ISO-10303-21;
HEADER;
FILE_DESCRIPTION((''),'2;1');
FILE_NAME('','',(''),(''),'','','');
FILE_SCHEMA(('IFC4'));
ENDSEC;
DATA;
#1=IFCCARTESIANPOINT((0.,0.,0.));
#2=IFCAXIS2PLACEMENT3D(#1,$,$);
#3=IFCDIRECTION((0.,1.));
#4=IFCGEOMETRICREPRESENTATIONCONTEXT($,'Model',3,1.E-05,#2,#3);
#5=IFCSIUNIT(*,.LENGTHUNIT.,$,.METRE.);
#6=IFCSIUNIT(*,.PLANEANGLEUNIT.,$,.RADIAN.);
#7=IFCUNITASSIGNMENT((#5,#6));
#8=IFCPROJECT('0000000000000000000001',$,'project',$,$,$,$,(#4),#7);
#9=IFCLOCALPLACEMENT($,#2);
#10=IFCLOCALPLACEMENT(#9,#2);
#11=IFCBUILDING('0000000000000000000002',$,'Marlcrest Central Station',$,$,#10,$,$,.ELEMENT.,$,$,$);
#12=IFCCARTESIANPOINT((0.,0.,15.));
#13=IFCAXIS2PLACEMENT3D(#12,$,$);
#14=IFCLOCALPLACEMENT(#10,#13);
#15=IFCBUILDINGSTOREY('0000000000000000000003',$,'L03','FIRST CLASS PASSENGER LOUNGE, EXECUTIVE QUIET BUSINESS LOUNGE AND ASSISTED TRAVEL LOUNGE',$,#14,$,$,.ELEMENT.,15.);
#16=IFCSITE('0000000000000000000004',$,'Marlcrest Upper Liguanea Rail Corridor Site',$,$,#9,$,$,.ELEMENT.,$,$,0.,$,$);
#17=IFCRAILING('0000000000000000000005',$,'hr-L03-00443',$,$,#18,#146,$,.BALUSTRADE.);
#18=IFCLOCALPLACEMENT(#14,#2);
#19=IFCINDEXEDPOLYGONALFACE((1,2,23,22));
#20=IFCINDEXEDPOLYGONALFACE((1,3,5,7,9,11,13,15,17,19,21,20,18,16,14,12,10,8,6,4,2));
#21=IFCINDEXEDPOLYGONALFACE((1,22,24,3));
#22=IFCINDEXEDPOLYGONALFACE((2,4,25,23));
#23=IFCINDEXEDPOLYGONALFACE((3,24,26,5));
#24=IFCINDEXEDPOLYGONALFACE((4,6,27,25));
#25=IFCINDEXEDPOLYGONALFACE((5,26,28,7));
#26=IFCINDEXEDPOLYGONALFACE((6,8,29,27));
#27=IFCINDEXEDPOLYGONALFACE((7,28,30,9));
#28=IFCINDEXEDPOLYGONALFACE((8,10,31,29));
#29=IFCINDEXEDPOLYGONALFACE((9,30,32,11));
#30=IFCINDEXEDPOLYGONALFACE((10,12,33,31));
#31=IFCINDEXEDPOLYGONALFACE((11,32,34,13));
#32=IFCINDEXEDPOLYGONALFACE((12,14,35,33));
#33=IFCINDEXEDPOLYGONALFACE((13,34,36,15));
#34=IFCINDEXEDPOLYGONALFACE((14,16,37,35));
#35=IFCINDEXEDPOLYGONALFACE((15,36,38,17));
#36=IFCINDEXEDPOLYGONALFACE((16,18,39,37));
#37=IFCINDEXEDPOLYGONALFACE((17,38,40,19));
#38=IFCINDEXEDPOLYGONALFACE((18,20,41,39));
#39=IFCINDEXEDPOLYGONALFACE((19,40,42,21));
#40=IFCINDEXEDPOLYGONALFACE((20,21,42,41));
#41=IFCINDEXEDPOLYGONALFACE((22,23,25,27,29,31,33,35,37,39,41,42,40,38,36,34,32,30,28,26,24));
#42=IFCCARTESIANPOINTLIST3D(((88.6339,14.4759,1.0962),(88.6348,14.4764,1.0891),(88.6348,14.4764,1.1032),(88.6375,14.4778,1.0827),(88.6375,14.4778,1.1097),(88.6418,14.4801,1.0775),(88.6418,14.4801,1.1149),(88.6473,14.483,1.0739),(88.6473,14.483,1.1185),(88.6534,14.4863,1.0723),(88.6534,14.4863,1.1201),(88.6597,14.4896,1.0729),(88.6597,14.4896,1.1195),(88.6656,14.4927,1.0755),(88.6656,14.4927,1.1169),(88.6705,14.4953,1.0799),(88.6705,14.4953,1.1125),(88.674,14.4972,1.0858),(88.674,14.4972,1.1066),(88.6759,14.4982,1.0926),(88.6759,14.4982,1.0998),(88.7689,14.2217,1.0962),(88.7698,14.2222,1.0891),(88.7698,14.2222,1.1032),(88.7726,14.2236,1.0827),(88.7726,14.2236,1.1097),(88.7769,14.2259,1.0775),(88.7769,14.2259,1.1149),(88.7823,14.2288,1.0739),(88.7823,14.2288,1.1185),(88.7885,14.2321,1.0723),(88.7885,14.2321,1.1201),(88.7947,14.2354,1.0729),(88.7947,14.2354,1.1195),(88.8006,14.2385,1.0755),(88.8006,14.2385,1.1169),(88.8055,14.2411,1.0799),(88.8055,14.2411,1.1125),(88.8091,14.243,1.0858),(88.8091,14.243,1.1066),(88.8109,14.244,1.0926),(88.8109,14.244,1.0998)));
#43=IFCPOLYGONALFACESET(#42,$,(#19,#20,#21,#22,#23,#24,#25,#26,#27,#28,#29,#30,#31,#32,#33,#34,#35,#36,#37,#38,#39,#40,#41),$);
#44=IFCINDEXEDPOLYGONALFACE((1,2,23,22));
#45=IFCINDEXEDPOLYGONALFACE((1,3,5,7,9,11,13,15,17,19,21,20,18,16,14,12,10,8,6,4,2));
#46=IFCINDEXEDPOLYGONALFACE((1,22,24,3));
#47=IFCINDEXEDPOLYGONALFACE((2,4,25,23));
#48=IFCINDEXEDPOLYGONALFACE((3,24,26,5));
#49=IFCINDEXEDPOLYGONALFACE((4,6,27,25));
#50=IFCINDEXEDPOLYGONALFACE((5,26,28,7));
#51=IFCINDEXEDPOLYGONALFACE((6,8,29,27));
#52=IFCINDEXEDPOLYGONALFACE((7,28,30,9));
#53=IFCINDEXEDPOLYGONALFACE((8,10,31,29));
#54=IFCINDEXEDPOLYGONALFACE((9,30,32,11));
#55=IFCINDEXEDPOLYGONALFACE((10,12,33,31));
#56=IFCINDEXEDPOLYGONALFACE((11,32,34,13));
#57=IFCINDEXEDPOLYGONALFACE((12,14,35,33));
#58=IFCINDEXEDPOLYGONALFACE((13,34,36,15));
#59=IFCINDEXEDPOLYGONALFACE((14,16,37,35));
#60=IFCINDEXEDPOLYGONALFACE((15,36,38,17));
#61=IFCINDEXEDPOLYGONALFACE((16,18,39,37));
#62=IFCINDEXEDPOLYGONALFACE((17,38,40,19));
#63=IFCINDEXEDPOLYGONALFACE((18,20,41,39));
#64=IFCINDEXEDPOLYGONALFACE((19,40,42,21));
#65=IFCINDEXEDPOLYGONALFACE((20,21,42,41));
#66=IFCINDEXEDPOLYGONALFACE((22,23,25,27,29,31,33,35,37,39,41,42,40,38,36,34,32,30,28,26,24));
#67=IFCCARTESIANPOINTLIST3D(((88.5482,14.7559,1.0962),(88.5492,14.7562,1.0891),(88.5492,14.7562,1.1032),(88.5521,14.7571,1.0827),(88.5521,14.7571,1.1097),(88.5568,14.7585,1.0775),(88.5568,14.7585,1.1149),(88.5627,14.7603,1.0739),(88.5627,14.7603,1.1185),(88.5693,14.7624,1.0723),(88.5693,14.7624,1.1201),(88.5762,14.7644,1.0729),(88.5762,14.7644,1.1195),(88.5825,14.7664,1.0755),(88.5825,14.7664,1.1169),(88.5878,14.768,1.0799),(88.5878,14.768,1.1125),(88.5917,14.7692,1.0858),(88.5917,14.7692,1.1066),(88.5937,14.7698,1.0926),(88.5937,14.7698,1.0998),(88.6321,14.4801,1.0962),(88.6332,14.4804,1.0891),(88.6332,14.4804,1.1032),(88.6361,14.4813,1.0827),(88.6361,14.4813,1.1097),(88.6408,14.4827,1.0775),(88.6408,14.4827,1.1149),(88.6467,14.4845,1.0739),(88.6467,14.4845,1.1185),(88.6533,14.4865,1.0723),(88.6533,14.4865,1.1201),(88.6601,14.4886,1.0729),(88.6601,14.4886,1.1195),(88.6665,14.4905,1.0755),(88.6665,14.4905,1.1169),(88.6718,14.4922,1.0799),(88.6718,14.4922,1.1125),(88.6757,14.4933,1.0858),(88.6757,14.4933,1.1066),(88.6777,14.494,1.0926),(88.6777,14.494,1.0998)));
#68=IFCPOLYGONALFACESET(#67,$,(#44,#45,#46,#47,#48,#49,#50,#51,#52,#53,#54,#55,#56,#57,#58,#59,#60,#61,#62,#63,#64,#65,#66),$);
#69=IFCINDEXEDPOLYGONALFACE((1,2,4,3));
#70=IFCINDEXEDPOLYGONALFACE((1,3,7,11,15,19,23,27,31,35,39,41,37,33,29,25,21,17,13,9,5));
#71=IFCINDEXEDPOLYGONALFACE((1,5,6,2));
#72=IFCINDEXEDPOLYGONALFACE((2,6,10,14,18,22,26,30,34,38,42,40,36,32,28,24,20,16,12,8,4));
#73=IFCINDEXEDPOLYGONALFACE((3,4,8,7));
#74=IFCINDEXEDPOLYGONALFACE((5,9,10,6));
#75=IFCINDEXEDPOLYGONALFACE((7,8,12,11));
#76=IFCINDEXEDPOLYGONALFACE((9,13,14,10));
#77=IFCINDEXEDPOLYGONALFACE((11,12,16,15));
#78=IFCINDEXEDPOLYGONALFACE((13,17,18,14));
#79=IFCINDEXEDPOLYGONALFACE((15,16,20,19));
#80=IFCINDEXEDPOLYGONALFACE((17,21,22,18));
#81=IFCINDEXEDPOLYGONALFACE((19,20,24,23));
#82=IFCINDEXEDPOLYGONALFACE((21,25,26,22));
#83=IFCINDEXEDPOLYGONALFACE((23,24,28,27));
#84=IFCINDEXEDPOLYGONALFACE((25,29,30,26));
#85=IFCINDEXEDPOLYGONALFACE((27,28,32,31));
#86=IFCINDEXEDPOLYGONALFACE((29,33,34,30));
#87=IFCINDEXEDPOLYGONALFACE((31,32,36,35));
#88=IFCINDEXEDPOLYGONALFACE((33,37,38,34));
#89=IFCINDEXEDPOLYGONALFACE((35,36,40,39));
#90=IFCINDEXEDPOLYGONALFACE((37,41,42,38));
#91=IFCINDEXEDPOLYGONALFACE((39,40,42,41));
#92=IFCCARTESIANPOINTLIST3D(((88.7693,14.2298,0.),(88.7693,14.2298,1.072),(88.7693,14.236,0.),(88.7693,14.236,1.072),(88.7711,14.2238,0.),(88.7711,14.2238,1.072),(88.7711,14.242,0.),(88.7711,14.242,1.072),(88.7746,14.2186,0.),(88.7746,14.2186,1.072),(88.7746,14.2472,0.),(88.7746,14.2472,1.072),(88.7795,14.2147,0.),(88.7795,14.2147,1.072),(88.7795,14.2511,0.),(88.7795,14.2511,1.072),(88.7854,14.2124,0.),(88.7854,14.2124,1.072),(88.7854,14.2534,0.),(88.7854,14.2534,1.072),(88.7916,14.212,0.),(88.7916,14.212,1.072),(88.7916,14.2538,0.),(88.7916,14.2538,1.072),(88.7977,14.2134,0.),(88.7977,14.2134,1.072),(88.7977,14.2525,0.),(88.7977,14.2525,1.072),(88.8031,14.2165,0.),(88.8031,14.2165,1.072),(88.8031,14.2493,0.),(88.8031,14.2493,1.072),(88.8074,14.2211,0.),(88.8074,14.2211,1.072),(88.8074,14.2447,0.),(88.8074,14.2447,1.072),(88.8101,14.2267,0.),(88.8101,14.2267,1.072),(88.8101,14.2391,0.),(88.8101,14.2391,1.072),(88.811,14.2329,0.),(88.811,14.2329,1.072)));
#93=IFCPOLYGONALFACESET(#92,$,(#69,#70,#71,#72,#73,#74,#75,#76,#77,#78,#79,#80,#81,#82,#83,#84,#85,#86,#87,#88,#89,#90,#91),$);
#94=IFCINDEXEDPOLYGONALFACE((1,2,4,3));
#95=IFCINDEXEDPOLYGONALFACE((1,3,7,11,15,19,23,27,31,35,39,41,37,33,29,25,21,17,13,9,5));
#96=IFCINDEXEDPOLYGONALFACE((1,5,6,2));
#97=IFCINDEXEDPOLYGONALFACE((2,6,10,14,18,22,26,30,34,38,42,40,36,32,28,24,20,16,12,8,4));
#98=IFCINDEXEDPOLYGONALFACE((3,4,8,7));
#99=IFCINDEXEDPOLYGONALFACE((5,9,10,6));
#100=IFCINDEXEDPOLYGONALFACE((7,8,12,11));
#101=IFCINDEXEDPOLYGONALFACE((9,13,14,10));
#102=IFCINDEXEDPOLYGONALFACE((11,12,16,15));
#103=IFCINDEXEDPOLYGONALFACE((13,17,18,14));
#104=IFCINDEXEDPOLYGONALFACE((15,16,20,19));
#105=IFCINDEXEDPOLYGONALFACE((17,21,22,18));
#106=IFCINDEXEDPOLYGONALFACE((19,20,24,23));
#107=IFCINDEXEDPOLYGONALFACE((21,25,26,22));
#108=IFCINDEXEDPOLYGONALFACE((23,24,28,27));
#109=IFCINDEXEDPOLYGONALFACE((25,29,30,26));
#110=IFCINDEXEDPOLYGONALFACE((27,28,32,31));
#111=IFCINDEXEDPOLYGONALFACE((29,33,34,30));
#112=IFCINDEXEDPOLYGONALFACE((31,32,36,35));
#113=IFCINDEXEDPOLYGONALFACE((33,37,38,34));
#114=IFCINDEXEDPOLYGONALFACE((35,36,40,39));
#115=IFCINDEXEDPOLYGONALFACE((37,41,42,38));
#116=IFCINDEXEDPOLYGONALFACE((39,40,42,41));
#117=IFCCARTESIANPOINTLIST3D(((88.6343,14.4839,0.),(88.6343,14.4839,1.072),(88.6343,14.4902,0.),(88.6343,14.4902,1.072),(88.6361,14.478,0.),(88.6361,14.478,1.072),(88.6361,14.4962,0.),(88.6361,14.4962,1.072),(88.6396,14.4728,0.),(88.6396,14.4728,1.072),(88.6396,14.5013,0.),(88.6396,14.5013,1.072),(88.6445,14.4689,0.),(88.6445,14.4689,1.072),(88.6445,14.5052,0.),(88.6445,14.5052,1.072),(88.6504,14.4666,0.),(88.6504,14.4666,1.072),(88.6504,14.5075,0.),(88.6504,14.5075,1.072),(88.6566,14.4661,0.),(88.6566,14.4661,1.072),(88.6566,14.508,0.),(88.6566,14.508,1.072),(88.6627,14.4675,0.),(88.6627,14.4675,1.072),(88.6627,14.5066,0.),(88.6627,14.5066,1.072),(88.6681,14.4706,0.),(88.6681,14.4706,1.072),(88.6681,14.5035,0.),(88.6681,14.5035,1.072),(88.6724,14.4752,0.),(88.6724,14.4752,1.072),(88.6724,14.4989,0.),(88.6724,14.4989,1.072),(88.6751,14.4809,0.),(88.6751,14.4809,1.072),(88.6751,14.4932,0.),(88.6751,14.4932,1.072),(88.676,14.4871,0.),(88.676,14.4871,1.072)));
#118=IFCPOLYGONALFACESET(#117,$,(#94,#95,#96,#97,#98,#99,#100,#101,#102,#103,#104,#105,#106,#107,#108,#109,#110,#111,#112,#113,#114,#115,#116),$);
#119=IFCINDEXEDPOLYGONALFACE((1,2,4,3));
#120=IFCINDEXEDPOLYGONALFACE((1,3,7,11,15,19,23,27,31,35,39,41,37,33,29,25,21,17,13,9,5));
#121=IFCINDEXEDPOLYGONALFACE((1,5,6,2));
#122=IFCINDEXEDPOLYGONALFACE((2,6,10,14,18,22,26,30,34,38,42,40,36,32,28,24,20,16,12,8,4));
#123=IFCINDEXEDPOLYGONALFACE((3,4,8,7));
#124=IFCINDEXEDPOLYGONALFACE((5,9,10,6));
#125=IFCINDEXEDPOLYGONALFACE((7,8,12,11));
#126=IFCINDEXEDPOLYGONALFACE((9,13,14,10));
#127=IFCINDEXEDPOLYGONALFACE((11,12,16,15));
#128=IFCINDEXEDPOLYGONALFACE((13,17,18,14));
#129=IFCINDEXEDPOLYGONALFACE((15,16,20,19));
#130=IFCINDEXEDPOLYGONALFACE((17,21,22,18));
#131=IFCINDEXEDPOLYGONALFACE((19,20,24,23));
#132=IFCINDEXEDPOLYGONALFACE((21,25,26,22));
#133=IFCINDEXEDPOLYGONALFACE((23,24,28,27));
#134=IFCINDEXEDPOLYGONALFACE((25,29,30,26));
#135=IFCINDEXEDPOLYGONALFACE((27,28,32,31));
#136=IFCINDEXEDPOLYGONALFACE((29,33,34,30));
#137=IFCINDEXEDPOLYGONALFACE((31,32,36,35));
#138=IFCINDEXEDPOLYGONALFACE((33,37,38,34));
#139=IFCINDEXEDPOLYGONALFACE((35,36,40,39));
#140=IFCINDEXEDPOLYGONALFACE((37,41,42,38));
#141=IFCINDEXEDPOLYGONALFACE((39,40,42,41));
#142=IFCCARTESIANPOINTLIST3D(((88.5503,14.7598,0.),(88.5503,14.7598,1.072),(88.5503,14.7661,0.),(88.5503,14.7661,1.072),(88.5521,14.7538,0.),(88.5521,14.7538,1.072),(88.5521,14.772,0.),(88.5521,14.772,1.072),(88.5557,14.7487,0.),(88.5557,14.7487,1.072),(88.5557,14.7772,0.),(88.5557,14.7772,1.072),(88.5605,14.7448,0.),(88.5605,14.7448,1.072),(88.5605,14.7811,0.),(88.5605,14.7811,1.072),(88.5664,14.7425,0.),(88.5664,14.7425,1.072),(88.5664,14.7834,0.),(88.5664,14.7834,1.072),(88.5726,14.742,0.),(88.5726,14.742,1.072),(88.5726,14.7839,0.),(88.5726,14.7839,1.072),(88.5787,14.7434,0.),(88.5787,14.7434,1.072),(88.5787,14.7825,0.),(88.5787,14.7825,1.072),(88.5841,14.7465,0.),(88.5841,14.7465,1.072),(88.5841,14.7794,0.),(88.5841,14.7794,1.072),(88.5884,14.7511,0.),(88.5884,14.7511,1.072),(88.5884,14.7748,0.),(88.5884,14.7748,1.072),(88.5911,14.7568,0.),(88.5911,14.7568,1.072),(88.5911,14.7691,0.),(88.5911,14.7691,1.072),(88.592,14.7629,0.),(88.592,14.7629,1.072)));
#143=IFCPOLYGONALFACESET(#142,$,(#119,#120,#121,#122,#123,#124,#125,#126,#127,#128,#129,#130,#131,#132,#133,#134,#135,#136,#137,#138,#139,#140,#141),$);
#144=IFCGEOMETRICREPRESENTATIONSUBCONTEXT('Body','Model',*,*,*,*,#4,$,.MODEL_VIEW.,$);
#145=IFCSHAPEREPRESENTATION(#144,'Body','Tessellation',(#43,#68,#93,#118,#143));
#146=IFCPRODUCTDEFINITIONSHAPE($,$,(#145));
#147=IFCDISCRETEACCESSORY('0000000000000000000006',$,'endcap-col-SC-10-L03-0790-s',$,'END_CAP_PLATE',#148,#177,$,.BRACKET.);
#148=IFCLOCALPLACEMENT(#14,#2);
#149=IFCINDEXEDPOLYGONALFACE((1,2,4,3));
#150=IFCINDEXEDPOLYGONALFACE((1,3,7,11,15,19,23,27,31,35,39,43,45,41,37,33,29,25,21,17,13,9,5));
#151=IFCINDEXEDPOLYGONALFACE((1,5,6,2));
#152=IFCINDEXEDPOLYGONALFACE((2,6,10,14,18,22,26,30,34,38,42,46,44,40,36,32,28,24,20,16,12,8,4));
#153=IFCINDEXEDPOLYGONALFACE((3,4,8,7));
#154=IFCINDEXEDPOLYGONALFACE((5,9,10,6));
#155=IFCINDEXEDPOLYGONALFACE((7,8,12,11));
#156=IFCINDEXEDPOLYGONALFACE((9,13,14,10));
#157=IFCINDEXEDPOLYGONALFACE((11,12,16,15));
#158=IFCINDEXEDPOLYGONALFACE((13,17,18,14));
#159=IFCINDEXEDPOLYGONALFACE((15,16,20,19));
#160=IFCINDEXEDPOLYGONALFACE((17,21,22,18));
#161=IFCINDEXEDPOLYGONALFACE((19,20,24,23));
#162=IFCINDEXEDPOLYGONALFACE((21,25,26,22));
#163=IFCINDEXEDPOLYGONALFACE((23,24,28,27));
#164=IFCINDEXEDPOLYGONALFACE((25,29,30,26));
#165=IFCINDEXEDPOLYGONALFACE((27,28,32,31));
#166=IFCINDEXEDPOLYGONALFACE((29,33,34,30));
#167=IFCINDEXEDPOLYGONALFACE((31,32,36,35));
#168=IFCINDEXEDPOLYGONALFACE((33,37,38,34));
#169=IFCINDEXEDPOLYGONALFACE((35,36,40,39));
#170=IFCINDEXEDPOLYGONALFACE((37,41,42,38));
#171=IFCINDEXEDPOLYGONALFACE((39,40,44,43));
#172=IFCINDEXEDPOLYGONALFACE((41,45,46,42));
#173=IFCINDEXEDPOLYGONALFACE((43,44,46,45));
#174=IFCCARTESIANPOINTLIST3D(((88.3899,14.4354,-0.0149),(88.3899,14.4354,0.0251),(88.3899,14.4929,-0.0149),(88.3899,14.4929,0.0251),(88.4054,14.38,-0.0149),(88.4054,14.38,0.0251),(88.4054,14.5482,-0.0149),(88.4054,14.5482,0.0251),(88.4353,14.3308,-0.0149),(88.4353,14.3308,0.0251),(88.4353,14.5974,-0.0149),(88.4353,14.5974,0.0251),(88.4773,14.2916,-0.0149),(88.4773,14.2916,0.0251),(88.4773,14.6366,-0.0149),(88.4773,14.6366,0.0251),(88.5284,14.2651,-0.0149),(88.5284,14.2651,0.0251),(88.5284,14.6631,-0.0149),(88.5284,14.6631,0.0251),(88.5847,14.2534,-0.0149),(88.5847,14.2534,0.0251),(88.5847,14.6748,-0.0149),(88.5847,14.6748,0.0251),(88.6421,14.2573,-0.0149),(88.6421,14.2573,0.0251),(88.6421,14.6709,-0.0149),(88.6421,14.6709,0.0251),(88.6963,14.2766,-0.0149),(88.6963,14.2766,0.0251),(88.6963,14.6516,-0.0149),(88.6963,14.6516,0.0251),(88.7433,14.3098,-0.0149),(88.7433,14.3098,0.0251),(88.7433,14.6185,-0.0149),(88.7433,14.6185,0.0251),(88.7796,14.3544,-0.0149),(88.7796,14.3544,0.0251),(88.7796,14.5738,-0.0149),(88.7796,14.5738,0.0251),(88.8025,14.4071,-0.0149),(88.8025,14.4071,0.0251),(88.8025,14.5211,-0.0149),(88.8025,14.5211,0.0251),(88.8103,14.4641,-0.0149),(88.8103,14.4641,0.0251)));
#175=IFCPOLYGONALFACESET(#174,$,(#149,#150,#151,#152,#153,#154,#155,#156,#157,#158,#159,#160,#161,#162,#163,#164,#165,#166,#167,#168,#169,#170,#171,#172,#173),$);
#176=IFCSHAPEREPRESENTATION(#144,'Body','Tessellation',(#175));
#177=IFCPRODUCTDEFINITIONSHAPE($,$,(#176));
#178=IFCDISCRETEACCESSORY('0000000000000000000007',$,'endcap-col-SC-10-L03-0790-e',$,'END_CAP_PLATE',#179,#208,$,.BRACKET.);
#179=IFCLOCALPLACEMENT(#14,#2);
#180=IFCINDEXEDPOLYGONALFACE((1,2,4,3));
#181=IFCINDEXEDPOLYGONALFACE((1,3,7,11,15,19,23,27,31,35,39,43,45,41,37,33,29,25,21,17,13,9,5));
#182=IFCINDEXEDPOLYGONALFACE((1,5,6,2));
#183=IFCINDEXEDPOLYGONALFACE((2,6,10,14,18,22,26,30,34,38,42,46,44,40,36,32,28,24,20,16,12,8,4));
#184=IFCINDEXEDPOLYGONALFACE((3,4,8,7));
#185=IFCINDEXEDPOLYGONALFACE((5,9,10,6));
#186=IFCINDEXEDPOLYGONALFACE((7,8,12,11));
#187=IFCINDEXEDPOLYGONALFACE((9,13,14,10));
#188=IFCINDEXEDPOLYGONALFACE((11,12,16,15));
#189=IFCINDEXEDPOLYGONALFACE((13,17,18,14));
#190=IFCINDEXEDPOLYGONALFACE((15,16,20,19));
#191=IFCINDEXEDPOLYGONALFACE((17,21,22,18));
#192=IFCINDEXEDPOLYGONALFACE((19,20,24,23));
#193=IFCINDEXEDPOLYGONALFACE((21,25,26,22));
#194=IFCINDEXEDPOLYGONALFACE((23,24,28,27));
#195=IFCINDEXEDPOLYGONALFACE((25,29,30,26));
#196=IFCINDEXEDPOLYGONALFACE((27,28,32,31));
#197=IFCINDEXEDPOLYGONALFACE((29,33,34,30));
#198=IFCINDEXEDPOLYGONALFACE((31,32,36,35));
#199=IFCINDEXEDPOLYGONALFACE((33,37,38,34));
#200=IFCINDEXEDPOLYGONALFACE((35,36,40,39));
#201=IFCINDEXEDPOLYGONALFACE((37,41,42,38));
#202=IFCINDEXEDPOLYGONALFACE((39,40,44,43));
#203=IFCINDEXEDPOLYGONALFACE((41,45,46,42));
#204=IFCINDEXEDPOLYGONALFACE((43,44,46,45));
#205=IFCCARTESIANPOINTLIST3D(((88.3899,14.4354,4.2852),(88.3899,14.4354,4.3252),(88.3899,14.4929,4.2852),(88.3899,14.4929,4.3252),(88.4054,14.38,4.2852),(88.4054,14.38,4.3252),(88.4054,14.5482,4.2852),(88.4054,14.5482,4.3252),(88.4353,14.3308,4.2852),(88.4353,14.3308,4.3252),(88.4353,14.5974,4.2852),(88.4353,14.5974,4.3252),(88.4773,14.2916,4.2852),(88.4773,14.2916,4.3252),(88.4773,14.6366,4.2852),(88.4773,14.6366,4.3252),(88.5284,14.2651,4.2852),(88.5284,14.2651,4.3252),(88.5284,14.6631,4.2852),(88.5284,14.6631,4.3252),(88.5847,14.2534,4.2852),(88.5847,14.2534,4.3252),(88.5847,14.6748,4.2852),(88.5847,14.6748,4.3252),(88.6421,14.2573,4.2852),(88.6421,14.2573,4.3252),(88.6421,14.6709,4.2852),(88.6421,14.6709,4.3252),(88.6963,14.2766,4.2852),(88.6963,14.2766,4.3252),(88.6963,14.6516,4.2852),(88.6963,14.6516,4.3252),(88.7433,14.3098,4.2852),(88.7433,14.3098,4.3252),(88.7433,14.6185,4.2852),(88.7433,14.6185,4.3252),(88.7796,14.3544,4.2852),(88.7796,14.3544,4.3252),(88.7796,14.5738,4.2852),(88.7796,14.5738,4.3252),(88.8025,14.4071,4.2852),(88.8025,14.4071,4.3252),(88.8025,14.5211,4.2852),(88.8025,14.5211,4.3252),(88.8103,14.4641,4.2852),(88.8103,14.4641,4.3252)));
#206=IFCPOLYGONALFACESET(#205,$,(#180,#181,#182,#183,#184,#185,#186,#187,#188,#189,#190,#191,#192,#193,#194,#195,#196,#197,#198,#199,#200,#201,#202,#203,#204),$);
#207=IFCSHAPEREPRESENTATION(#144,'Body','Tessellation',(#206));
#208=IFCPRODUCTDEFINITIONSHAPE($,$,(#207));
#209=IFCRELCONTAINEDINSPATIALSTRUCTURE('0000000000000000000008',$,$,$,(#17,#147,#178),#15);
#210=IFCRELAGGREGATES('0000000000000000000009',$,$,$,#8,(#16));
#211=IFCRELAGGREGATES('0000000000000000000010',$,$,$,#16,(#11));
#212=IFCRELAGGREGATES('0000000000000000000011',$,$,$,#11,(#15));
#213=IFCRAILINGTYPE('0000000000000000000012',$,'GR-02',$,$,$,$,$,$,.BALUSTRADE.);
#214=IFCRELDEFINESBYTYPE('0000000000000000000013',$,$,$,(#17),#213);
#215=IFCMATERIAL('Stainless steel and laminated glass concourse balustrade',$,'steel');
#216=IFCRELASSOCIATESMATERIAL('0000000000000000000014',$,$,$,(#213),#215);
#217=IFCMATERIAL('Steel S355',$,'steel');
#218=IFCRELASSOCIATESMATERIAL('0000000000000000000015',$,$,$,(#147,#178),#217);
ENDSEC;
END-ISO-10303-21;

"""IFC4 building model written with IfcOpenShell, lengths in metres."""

from ifc_helpers import new_model, si_unit, direction, frame, origin, origin_2d, place, context, subcontext, project, spatial, circle, extrude, material, type_object, element, save


model = new_model("IFC4")

# Units and contexts
model_context = context("Model", 3, precision=1e-05, world=origin(), true_north=direction((0.0, 1.0)))
body_context = subcontext(model_context, "Body", "Model", "MODEL_VIEW")
ifc_project = project(units=[si_unit("LENGTHUNIT", "METRE"), si_unit("PLANEANGLEUNIT", "RADIAN")], contexts=[model_context])

# Site, building, storey
site_placement = place(None, origin())
site = spatial("IfcSite", under=ifc_project, at=site_placement, Name="Marlcrest Upper Liguanea Rail Corridor Site", CompositionType="ELEMENT", RefElevation=0.0)
building_placement = place(site_placement, origin())
building = spatial("IfcBuilding", under=site, at=building_placement, Name="Marlcrest Central Station", CompositionType="ELEMENT")
storey_placement = place(building_placement, frame((0.0, 0.0, 15.0)))
storey = spatial("IfcBuildingStorey", under=building, at=storey_placement, Name="L03", Description="FIRST CLASS PASSENGER LOUNGE, EXECUTIVE QUIET BUSINESS LOUNGE AND ASSISTED TRAVEL LOUNGE", CompositionType="ELEMENT", Elevation=15.0)

# Shared definitions
ifc_material_1 = material(Name="Steel S355", Category="steel")

# Railing
ifc_material_2 = material(Name="Stainless steel and laminated glass concourse balustrade", Category="steel")
railing_type = type_object("IfcRailingType", Name="GR-02", PredefinedType="BALUSTRADE", material=ifc_material_2)
railing_1_placement = place(storey_placement, frame((88.79, 14.2329, 0.0)))
element("IfcRailing", 1, at=railing_1_placement, inside=storey, type_object=railing_type, Name="hr-L03-00443", PredefinedType="BALUSTRADE", context=body_context, shape_type="SweptSolid", body=[
    extrude(circle(Radius=0.0239, at=origin_2d()), frame((0.0, 0.0, 1.0962), z_axis=(-0.469135, 0.883127, 0.0), x_axis=(-0.883127, -0.469135, 0.0)), (0.0, 0.0, 1.0), 0.2878),
    extrude(circle(Radius=0.0239, at=origin_2d()), frame((-0.135, 0.2542, 1.0962), z_axis=(-0.291229, 0.956653, 0.0), x_axis=(-0.956653, -0.291229, 0.0)), (0.0, 0.0, 1.0), 0.2883),
    extrude(circle(Radius=0.021, at=origin_2d()), origin(), (0.0, 0.0, 1.0), 1.072),
    extrude(circle(Radius=0.021, at=origin_2d()), frame((-0.135, 0.2542, 0.0)), (0.0, 0.0, 1.0), 1.072),
    extrude(circle(Radius=0.021, at=origin_2d()), frame((-0.219, 0.53, 0.0)), (0.0, 0.0, 1.0), 1.072),
])

# Discrete accessories
for number, where, z_axis, x_axis, name in (
    (2, (88.5991, 14.4641, -0.0149), (0.0, 0.0, 1.0), (1.0, 0.0, 0.0), "endcap-col-SC-10-L03-0790-s"),
    (3, (88.5991, 14.4641, 4.2852), (0.0, 0.0, 1.0), (1.0, 0.0, 0.0), "endcap-col-SC-10-L03-0790-e"),
):
    element("IfcDiscreteAccessory", number, at=place(storey_placement, frame(where, z_axis=z_axis, x_axis=x_axis)), inside=storey, material=ifc_material_1, Name=name, ObjectType="END_CAP_PLATE", PredefinedType="BRACKET", context=body_context, shape_type="SweptSolid", body=[
        extrude(circle(Radius=0.2112, at=origin_2d()), origin(), (0.0, 0.0, 1.0), 0.04),
    ])

save(model, "model.ifc")
